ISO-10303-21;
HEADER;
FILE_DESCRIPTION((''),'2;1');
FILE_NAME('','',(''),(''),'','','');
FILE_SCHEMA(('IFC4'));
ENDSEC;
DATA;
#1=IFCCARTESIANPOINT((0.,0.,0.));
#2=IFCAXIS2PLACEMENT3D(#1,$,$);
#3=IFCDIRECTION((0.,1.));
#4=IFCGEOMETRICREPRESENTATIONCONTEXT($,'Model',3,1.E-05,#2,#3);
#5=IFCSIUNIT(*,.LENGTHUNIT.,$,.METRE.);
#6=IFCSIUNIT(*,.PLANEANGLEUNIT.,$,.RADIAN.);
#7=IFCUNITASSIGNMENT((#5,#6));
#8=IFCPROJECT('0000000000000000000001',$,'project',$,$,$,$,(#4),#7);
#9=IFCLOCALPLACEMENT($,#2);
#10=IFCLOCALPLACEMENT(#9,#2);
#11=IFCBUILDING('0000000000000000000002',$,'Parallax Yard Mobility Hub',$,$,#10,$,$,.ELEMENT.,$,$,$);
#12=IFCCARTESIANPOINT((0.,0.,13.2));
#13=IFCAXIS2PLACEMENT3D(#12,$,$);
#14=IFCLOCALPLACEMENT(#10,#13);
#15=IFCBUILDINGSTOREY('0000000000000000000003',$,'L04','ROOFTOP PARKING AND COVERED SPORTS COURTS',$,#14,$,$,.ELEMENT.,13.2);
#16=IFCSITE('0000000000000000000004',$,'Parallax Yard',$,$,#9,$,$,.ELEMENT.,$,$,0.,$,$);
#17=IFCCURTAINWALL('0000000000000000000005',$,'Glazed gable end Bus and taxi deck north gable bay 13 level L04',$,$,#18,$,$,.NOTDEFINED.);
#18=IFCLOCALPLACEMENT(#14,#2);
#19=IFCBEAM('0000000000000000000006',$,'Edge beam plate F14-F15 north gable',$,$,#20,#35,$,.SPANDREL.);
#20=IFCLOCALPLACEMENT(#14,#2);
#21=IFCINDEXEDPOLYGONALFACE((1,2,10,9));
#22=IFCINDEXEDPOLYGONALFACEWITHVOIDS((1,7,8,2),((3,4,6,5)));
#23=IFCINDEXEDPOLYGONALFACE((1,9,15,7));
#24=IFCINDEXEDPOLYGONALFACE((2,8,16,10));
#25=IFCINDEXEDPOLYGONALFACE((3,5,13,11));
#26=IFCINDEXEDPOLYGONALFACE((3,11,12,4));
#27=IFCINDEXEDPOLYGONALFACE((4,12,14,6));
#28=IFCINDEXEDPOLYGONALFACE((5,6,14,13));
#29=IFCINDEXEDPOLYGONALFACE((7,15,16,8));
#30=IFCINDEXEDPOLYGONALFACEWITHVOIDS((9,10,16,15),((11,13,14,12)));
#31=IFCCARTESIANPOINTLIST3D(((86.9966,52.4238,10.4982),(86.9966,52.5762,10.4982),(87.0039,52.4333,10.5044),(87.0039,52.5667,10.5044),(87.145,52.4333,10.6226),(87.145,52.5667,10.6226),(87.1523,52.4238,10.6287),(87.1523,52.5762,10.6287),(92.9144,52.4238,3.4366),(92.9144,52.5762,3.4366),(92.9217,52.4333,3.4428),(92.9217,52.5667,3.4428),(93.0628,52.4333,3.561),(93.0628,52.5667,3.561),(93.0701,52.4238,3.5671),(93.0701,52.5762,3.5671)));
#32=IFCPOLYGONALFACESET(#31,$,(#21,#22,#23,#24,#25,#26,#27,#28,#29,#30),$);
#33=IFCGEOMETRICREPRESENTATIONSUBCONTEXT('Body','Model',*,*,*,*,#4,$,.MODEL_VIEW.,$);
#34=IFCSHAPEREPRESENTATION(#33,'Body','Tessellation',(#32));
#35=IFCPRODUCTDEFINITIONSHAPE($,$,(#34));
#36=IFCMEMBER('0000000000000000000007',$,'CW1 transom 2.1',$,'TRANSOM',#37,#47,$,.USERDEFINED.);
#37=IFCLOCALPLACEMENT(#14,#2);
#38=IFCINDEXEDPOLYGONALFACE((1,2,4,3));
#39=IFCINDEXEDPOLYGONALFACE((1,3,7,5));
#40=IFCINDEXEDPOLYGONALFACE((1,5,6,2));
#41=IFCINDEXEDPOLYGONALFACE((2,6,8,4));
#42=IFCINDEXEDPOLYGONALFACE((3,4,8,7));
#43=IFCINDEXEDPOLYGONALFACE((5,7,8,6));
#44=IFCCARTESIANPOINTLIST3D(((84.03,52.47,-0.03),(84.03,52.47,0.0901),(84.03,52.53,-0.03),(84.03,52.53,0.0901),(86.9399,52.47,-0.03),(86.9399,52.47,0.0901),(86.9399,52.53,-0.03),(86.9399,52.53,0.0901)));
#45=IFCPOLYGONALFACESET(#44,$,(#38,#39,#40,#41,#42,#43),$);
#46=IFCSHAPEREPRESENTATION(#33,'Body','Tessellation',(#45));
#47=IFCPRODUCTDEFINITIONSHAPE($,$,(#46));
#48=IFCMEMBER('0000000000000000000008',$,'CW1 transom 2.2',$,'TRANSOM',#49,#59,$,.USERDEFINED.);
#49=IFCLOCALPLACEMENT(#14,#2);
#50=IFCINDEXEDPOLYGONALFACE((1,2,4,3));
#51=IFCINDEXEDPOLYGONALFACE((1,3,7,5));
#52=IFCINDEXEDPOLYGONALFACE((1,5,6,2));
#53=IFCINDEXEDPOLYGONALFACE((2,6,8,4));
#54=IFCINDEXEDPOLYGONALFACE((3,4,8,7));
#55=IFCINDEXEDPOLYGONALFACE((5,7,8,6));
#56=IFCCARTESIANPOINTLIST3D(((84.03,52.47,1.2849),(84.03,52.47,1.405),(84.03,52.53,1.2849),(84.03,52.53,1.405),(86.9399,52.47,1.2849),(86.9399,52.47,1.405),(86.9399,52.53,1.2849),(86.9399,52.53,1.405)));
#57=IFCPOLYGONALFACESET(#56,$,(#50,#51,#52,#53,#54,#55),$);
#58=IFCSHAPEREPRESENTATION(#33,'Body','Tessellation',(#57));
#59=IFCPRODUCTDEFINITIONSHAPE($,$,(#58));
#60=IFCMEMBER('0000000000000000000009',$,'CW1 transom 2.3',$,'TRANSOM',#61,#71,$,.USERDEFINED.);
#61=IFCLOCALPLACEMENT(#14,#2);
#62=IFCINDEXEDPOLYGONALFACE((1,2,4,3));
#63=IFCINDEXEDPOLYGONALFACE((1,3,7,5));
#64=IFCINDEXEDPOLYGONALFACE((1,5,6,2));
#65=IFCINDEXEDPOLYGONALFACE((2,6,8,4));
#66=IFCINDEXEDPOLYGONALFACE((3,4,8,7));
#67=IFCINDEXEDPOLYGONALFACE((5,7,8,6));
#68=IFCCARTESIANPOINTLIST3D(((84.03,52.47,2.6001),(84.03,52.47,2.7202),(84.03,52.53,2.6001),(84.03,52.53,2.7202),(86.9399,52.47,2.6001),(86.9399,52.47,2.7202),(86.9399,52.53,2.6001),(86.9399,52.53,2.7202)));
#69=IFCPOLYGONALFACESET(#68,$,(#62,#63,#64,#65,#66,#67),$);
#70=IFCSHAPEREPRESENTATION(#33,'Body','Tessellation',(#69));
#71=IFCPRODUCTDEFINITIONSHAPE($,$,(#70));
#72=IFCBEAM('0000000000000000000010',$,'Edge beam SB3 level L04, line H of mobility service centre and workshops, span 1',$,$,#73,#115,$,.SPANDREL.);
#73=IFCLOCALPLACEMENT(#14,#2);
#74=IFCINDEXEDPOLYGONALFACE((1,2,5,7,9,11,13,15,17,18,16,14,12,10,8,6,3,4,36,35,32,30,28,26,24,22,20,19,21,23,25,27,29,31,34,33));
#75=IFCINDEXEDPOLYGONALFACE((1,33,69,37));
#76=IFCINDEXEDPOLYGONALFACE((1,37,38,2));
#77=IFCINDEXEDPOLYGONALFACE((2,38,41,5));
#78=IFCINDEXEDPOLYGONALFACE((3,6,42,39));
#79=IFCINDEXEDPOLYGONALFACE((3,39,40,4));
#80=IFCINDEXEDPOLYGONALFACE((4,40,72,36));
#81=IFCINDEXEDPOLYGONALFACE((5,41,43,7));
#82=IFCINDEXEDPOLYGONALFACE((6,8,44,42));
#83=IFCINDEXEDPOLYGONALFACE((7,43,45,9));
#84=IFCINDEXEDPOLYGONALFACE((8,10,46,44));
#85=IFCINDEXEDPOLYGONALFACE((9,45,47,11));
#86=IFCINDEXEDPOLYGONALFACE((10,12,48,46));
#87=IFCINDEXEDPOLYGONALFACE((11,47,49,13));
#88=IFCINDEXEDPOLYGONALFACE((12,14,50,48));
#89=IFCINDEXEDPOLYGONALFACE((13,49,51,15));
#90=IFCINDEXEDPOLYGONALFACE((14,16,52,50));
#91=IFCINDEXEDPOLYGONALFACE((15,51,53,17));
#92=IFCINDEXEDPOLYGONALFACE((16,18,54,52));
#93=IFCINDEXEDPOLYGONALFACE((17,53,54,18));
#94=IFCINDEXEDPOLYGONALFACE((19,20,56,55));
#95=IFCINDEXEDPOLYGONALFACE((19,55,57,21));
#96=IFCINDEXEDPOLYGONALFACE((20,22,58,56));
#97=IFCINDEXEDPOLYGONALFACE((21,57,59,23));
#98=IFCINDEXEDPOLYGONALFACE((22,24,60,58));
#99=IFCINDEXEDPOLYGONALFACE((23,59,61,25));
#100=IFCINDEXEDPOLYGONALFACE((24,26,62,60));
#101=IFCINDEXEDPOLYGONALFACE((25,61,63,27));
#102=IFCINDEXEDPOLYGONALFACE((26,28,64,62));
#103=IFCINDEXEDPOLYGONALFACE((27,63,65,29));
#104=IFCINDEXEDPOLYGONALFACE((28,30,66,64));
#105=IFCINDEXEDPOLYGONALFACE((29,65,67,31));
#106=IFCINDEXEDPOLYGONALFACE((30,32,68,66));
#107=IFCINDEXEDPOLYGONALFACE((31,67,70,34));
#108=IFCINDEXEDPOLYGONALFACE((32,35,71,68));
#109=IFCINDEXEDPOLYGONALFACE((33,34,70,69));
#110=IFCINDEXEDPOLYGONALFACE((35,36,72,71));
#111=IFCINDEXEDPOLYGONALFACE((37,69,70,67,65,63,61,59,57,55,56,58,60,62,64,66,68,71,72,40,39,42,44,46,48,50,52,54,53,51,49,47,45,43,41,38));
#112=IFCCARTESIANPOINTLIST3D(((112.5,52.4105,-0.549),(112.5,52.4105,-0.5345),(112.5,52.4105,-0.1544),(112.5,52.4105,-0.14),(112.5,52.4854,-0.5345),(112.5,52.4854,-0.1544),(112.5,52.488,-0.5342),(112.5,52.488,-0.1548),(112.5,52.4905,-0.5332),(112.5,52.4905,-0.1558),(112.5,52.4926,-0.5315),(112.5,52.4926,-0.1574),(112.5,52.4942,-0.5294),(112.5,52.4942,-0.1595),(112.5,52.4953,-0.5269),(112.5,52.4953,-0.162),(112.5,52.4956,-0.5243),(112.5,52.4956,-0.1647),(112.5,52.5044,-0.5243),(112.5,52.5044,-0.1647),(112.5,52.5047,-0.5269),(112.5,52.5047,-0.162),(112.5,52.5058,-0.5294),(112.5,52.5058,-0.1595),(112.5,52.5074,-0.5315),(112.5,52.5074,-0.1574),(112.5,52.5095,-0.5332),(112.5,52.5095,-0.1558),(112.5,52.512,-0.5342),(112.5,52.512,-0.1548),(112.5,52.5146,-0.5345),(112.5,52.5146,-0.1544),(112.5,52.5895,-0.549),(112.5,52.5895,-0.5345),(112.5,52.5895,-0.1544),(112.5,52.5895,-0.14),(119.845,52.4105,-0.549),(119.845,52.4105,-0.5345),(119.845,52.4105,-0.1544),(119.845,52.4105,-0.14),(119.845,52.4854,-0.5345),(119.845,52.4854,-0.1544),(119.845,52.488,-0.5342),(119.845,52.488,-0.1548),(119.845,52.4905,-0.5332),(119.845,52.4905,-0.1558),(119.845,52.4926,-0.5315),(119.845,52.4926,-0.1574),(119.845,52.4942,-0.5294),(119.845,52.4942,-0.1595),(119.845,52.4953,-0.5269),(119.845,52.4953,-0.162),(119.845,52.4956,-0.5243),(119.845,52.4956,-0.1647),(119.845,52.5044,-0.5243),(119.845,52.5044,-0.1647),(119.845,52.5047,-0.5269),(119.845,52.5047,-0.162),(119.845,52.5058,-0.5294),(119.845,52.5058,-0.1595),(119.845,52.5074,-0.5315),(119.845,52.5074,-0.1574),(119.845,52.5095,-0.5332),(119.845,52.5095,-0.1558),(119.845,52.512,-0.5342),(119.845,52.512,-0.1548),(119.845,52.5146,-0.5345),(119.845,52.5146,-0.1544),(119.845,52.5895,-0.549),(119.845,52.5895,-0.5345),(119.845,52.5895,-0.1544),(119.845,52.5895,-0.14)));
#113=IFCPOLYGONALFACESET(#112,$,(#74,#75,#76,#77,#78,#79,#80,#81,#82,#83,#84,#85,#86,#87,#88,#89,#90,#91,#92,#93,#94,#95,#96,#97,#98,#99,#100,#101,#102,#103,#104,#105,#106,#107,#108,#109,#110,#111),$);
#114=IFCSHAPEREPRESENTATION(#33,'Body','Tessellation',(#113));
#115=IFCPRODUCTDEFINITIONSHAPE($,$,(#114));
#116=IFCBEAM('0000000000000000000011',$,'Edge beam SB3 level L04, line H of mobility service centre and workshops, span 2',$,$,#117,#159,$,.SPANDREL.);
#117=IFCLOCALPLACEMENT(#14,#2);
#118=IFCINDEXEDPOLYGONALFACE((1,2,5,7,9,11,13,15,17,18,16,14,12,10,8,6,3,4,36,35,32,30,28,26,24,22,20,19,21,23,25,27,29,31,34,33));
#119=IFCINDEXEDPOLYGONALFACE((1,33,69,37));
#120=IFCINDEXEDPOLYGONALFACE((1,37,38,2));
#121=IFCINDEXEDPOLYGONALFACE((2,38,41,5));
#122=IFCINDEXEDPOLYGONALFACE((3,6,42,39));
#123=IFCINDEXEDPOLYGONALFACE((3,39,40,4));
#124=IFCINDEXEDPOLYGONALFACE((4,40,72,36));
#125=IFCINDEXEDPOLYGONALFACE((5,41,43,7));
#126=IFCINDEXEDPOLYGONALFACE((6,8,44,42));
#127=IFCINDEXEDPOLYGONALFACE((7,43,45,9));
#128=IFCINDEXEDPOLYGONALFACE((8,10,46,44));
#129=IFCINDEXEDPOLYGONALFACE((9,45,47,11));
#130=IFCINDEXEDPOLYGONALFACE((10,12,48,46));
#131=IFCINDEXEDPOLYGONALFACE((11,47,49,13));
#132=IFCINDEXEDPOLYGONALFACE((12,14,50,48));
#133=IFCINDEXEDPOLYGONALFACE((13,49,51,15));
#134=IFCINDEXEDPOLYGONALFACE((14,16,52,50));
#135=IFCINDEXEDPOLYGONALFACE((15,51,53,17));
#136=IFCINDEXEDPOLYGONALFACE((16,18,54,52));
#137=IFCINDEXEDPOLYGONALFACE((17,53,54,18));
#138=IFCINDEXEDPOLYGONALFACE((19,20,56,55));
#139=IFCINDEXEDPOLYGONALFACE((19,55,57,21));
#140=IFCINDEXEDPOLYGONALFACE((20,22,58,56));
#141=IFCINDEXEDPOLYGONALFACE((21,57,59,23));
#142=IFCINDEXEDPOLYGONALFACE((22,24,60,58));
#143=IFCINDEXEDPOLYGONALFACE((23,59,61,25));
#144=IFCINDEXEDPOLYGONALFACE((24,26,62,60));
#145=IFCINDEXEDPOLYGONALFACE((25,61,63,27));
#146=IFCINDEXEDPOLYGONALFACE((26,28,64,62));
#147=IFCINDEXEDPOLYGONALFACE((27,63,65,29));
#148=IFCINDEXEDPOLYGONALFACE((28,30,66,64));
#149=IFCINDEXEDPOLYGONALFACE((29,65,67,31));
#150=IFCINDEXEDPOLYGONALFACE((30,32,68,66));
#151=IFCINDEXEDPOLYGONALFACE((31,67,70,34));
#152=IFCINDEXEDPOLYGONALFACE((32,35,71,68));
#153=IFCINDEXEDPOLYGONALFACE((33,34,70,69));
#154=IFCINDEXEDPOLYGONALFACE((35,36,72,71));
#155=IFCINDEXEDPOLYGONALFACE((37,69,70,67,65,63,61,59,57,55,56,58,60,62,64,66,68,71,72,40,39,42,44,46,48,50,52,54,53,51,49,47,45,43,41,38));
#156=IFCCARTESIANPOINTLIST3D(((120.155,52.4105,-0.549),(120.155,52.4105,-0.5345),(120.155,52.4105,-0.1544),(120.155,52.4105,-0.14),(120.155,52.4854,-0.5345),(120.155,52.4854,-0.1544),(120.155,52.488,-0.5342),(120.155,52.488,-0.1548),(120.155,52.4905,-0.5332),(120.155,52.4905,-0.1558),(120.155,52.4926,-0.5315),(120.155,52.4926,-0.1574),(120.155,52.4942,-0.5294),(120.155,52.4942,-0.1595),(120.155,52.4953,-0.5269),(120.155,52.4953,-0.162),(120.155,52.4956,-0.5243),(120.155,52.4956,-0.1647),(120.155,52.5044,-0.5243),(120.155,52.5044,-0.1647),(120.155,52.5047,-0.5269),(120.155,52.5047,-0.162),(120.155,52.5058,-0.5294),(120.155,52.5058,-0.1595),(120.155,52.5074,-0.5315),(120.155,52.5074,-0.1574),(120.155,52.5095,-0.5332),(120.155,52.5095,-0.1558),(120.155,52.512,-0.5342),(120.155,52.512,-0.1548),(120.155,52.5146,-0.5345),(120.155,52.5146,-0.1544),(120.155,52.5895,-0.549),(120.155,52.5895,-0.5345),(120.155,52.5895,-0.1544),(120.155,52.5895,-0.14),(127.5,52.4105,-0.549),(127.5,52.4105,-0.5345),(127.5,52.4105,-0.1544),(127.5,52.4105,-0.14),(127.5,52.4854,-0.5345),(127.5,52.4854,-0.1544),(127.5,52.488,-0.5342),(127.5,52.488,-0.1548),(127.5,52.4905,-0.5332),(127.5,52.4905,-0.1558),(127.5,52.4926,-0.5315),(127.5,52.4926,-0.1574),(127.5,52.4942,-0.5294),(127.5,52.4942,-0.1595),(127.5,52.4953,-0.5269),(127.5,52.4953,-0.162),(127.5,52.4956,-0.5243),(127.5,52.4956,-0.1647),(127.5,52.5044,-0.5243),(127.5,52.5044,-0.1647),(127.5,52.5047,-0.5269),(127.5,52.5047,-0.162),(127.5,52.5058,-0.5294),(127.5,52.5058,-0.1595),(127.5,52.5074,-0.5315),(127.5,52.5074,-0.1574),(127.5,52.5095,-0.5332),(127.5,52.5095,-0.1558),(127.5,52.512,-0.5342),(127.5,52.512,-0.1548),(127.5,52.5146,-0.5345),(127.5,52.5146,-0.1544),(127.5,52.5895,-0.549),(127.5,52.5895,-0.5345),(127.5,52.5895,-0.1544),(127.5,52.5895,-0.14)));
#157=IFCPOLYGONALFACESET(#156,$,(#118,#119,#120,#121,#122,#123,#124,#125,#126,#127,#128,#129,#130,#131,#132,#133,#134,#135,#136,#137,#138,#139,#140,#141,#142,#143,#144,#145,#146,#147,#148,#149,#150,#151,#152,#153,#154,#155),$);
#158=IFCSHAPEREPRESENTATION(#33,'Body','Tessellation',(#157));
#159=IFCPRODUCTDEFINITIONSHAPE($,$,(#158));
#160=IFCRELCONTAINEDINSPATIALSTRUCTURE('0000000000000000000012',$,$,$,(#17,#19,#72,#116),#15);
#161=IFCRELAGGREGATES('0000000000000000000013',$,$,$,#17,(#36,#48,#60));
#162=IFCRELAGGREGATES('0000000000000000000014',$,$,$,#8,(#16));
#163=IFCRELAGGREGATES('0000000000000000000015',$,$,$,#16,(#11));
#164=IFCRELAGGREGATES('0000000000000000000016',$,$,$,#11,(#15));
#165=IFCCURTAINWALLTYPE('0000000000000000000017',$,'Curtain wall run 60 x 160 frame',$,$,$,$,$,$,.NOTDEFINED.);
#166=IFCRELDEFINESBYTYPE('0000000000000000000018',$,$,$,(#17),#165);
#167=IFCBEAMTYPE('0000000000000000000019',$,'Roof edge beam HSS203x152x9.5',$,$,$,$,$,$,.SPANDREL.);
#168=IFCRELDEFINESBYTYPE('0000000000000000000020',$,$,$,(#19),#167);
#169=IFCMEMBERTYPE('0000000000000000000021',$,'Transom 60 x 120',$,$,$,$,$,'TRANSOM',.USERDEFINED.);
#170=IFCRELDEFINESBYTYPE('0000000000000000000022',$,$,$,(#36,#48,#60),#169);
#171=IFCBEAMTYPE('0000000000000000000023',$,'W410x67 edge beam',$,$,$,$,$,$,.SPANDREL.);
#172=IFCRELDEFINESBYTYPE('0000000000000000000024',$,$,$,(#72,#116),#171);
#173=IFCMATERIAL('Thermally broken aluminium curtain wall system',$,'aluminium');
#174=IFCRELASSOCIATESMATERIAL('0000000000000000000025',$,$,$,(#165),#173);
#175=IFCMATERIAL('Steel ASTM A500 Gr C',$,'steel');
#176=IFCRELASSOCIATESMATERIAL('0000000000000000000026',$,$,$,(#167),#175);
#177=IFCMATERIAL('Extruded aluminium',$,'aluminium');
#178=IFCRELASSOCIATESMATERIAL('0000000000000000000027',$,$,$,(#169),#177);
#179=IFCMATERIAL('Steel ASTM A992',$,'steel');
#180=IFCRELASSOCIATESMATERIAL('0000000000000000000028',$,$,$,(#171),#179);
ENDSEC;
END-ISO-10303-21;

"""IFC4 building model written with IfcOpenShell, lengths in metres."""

from ifc_helpers import new_model, si_unit, direction, frame, origin, origin_2d, place, context, subcontext, project, spatial, rectangle, hollow_rectangle, i_section, extrude, material, material_profile, profile_set, type_object, element, aggregate, save


model = new_model("IFC4")

# Units and contexts
model_context = context("Model", 3, precision=1e-05, world=origin(), true_north=direction((0.0, 1.0)))
body_context = subcontext(model_context, "Body", "Model", "MODEL_VIEW")
ifc_project = project(units=[si_unit("LENGTHUNIT", "METRE"), si_unit("PLANEANGLEUNIT", "RADIAN")], contexts=[model_context])

# Site, building, storey
site_placement = place(None, origin())
site = spatial("IfcSite", under=ifc_project, at=site_placement, Name="Parallax Yard", CompositionType="ELEMENT", RefElevation=0.0)
building_placement = place(site_placement, origin())
building = spatial("IfcBuilding", under=site, at=building_placement, Name="Parallax Yard Mobility Hub", CompositionType="ELEMENT")
storey_placement = place(building_placement, frame((0.0, 0.0, 13.2)))
storey = spatial("IfcBuildingStorey", under=building, at=storey_placement, Name="L04", Description="ROOFTOP PARKING AND COVERED SPORTS COURTS", CompositionType="ELEMENT", Elevation=13.2)

# Shared definitions
ifc_material_1 = material(Name="Steel ASTM A992", Category="steel")

# Shared definitions
ifc_material_2 = material(Name="Steel ASTM A500 Gr C", Category="steel")

# Curtain wall
ifc_material_3 = material(Name="Thermally broken aluminium curtain wall system", Category="aluminium")
curtain_wall_type = type_object("IfcCurtainWallType", Name="Curtain wall run 60 x 160 frame", PredefinedType="NOTDEFINED", material=ifc_material_3)
curtain_wall_placement = place(storey_placement, origin())
curtain_wall = element("IfcCurtainWall", 1, at=curtain_wall_placement, inside=storey, type_object=curtain_wall_type, Name="Glazed gable end Bus and taxi deck north gable bay 13 level L04", PredefinedType="NOTDEFINED")
ifc_material_4 = material(Name="Extruded aluminium", Category="aluminium")

# Beam
ifc_material_profile_1 = material_profile(ifc_material_2, hollow_rectangle(XDim=0.1523, YDim=0.2031, WallThickness=0.0095, at=origin_2d()), Name="HSS203x152x9.5")
ifc_profile_set_1 = profile_set([ifc_material_profile_1], Name="Steel ASTM A500 Gr C")
beam_type_1 = type_object("IfcBeamType", Name="Roof edge beam HSS203x152x9.5", PredefinedType="SPANDREL", material=ifc_profile_set_1)
beam_placement = place(storey_placement, frame((87.0745, 52.5, 10.5635), z_axis=(0.642304, 0.0, -0.76645), x_axis=(0.0, 1.0, 0.0)))
element("IfcBeam", 2, at=beam_placement, inside=storey, type_object=beam_type_1, Name="Edge beam plate F14-F15 north gable", PredefinedType="SPANDREL", context=body_context, shape_type="SweptSolid", body=[
    extrude(hollow_rectangle(XDim=0.1523, YDim=0.2031, WallThickness=0.0095, at=origin_2d()), origin(), (0.0, 0.0, 1.0), 9.2134),
])

# Members
ifc_material_profile_2 = material_profile(ifc_material_4, rectangle(XDim=0.0601, YDim=0.1201, at=origin_2d()), Name="Transom 60 x 120")
ifc_profile_set_2 = profile_set([ifc_material_profile_2], Name="Extruded aluminium")
member_type_1 = type_object("IfcMemberType", Name="Transom 60 x 120", ElementType="TRANSOM", PredefinedType="USERDEFINED", material=ifc_profile_set_2)
member_1_placement = place(storey_placement, frame((84.03, 52.5, 0.03), z_axis=(1.0, 0.0, 0.0), x_axis=(0.0, 1.0, 0.0)))
member_1 = element("IfcMember", 3, at=member_1_placement, type_object=member_type_1, Name="CW1 transom 2.1", ObjectType="TRANSOM", PredefinedType="USERDEFINED", context=body_context, shape_type="SweptSolid", body=[
    extrude(rectangle(XDim=0.0601, YDim=0.1201, at=origin_2d()), origin(), (0.0, 0.0, 1.0), 2.9099),
])
member_2_placement = place(storey_placement, frame((84.03, 52.5, 1.345), z_axis=(1.0, 0.0, 0.0), x_axis=(0.0, 1.0, 0.0)))
member_2 = element("IfcMember", 4, at=member_2_placement, type_object=member_type_1, Name="CW1 transom 2.2", ObjectType="TRANSOM", PredefinedType="USERDEFINED", context=body_context, shape_type="SweptSolid", body=[
    extrude(rectangle(XDim=0.0601, YDim=0.1201, at=origin_2d()), origin(), (0.0, 0.0, 1.0), 2.9099),
])
member_3_placement = place(storey_placement, frame((84.03, 52.5, 2.6602), z_axis=(1.0, 0.0, 0.0), x_axis=(0.0, 1.0, 0.0)))
member_3 = element("IfcMember", 5, at=member_3_placement, type_object=member_type_1, Name="CW1 transom 2.3", ObjectType="TRANSOM", PredefinedType="USERDEFINED", context=body_context, shape_type="SweptSolid", body=[
    extrude(rectangle(XDim=0.0601, YDim=0.1201, at=origin_2d()), origin(), (0.0, 0.0, 1.0), 2.9099),
])

# Beams
ifc_material_profile_3 = material_profile(ifc_material_1, i_section(OverallWidth=0.179, OverallDepth=0.4089, WebThickness=0.0088, FlangeThickness=0.0144, FilletRadius=0.0103, at=origin_2d()), Name="W410x67")
ifc_profile_set_3 = profile_set([ifc_material_profile_3], Name="Steel ASTM A992")
beam_type_2 = type_object("IfcBeamType", Name="W410x67 edge beam", PredefinedType="SPANDREL", material=ifc_profile_set_3)
for number, where, z_axis, x_axis, name in (
    (6, (112.5, 52.5, -0.3445), (1.0, 0.0, 0.0), (0.0, 1.0, 0.0), "Edge beam SB3 level L04, line H of mobility service centre and workshops, span 1"),
    (7, (120.155, 52.5, -0.3445), (1.0, 0.0, 0.0), (0.0, 1.0, 0.0), "Edge beam SB3 level L04, line H of mobility service centre and workshops, span 2"),
):
    element("IfcBeam", number, at=place(storey_placement, frame(where, z_axis=z_axis, x_axis=x_axis)), inside=storey, type_object=beam_type_2, Name=name, PredefinedType="SPANDREL", context=body_context, shape_type="SweptSolid", body=[
        extrude(i_section(OverallWidth=0.179, OverallDepth=0.4089, WebThickness=0.0088, FlangeThickness=0.0144, FilletRadius=0.0103, at=origin_2d()), origin(), (0.0, 0.0, 1.0), 7.345),
    ])

aggregate(curtain_wall, [member_1, member_2, member_3])

save(model, "model.ifc")
